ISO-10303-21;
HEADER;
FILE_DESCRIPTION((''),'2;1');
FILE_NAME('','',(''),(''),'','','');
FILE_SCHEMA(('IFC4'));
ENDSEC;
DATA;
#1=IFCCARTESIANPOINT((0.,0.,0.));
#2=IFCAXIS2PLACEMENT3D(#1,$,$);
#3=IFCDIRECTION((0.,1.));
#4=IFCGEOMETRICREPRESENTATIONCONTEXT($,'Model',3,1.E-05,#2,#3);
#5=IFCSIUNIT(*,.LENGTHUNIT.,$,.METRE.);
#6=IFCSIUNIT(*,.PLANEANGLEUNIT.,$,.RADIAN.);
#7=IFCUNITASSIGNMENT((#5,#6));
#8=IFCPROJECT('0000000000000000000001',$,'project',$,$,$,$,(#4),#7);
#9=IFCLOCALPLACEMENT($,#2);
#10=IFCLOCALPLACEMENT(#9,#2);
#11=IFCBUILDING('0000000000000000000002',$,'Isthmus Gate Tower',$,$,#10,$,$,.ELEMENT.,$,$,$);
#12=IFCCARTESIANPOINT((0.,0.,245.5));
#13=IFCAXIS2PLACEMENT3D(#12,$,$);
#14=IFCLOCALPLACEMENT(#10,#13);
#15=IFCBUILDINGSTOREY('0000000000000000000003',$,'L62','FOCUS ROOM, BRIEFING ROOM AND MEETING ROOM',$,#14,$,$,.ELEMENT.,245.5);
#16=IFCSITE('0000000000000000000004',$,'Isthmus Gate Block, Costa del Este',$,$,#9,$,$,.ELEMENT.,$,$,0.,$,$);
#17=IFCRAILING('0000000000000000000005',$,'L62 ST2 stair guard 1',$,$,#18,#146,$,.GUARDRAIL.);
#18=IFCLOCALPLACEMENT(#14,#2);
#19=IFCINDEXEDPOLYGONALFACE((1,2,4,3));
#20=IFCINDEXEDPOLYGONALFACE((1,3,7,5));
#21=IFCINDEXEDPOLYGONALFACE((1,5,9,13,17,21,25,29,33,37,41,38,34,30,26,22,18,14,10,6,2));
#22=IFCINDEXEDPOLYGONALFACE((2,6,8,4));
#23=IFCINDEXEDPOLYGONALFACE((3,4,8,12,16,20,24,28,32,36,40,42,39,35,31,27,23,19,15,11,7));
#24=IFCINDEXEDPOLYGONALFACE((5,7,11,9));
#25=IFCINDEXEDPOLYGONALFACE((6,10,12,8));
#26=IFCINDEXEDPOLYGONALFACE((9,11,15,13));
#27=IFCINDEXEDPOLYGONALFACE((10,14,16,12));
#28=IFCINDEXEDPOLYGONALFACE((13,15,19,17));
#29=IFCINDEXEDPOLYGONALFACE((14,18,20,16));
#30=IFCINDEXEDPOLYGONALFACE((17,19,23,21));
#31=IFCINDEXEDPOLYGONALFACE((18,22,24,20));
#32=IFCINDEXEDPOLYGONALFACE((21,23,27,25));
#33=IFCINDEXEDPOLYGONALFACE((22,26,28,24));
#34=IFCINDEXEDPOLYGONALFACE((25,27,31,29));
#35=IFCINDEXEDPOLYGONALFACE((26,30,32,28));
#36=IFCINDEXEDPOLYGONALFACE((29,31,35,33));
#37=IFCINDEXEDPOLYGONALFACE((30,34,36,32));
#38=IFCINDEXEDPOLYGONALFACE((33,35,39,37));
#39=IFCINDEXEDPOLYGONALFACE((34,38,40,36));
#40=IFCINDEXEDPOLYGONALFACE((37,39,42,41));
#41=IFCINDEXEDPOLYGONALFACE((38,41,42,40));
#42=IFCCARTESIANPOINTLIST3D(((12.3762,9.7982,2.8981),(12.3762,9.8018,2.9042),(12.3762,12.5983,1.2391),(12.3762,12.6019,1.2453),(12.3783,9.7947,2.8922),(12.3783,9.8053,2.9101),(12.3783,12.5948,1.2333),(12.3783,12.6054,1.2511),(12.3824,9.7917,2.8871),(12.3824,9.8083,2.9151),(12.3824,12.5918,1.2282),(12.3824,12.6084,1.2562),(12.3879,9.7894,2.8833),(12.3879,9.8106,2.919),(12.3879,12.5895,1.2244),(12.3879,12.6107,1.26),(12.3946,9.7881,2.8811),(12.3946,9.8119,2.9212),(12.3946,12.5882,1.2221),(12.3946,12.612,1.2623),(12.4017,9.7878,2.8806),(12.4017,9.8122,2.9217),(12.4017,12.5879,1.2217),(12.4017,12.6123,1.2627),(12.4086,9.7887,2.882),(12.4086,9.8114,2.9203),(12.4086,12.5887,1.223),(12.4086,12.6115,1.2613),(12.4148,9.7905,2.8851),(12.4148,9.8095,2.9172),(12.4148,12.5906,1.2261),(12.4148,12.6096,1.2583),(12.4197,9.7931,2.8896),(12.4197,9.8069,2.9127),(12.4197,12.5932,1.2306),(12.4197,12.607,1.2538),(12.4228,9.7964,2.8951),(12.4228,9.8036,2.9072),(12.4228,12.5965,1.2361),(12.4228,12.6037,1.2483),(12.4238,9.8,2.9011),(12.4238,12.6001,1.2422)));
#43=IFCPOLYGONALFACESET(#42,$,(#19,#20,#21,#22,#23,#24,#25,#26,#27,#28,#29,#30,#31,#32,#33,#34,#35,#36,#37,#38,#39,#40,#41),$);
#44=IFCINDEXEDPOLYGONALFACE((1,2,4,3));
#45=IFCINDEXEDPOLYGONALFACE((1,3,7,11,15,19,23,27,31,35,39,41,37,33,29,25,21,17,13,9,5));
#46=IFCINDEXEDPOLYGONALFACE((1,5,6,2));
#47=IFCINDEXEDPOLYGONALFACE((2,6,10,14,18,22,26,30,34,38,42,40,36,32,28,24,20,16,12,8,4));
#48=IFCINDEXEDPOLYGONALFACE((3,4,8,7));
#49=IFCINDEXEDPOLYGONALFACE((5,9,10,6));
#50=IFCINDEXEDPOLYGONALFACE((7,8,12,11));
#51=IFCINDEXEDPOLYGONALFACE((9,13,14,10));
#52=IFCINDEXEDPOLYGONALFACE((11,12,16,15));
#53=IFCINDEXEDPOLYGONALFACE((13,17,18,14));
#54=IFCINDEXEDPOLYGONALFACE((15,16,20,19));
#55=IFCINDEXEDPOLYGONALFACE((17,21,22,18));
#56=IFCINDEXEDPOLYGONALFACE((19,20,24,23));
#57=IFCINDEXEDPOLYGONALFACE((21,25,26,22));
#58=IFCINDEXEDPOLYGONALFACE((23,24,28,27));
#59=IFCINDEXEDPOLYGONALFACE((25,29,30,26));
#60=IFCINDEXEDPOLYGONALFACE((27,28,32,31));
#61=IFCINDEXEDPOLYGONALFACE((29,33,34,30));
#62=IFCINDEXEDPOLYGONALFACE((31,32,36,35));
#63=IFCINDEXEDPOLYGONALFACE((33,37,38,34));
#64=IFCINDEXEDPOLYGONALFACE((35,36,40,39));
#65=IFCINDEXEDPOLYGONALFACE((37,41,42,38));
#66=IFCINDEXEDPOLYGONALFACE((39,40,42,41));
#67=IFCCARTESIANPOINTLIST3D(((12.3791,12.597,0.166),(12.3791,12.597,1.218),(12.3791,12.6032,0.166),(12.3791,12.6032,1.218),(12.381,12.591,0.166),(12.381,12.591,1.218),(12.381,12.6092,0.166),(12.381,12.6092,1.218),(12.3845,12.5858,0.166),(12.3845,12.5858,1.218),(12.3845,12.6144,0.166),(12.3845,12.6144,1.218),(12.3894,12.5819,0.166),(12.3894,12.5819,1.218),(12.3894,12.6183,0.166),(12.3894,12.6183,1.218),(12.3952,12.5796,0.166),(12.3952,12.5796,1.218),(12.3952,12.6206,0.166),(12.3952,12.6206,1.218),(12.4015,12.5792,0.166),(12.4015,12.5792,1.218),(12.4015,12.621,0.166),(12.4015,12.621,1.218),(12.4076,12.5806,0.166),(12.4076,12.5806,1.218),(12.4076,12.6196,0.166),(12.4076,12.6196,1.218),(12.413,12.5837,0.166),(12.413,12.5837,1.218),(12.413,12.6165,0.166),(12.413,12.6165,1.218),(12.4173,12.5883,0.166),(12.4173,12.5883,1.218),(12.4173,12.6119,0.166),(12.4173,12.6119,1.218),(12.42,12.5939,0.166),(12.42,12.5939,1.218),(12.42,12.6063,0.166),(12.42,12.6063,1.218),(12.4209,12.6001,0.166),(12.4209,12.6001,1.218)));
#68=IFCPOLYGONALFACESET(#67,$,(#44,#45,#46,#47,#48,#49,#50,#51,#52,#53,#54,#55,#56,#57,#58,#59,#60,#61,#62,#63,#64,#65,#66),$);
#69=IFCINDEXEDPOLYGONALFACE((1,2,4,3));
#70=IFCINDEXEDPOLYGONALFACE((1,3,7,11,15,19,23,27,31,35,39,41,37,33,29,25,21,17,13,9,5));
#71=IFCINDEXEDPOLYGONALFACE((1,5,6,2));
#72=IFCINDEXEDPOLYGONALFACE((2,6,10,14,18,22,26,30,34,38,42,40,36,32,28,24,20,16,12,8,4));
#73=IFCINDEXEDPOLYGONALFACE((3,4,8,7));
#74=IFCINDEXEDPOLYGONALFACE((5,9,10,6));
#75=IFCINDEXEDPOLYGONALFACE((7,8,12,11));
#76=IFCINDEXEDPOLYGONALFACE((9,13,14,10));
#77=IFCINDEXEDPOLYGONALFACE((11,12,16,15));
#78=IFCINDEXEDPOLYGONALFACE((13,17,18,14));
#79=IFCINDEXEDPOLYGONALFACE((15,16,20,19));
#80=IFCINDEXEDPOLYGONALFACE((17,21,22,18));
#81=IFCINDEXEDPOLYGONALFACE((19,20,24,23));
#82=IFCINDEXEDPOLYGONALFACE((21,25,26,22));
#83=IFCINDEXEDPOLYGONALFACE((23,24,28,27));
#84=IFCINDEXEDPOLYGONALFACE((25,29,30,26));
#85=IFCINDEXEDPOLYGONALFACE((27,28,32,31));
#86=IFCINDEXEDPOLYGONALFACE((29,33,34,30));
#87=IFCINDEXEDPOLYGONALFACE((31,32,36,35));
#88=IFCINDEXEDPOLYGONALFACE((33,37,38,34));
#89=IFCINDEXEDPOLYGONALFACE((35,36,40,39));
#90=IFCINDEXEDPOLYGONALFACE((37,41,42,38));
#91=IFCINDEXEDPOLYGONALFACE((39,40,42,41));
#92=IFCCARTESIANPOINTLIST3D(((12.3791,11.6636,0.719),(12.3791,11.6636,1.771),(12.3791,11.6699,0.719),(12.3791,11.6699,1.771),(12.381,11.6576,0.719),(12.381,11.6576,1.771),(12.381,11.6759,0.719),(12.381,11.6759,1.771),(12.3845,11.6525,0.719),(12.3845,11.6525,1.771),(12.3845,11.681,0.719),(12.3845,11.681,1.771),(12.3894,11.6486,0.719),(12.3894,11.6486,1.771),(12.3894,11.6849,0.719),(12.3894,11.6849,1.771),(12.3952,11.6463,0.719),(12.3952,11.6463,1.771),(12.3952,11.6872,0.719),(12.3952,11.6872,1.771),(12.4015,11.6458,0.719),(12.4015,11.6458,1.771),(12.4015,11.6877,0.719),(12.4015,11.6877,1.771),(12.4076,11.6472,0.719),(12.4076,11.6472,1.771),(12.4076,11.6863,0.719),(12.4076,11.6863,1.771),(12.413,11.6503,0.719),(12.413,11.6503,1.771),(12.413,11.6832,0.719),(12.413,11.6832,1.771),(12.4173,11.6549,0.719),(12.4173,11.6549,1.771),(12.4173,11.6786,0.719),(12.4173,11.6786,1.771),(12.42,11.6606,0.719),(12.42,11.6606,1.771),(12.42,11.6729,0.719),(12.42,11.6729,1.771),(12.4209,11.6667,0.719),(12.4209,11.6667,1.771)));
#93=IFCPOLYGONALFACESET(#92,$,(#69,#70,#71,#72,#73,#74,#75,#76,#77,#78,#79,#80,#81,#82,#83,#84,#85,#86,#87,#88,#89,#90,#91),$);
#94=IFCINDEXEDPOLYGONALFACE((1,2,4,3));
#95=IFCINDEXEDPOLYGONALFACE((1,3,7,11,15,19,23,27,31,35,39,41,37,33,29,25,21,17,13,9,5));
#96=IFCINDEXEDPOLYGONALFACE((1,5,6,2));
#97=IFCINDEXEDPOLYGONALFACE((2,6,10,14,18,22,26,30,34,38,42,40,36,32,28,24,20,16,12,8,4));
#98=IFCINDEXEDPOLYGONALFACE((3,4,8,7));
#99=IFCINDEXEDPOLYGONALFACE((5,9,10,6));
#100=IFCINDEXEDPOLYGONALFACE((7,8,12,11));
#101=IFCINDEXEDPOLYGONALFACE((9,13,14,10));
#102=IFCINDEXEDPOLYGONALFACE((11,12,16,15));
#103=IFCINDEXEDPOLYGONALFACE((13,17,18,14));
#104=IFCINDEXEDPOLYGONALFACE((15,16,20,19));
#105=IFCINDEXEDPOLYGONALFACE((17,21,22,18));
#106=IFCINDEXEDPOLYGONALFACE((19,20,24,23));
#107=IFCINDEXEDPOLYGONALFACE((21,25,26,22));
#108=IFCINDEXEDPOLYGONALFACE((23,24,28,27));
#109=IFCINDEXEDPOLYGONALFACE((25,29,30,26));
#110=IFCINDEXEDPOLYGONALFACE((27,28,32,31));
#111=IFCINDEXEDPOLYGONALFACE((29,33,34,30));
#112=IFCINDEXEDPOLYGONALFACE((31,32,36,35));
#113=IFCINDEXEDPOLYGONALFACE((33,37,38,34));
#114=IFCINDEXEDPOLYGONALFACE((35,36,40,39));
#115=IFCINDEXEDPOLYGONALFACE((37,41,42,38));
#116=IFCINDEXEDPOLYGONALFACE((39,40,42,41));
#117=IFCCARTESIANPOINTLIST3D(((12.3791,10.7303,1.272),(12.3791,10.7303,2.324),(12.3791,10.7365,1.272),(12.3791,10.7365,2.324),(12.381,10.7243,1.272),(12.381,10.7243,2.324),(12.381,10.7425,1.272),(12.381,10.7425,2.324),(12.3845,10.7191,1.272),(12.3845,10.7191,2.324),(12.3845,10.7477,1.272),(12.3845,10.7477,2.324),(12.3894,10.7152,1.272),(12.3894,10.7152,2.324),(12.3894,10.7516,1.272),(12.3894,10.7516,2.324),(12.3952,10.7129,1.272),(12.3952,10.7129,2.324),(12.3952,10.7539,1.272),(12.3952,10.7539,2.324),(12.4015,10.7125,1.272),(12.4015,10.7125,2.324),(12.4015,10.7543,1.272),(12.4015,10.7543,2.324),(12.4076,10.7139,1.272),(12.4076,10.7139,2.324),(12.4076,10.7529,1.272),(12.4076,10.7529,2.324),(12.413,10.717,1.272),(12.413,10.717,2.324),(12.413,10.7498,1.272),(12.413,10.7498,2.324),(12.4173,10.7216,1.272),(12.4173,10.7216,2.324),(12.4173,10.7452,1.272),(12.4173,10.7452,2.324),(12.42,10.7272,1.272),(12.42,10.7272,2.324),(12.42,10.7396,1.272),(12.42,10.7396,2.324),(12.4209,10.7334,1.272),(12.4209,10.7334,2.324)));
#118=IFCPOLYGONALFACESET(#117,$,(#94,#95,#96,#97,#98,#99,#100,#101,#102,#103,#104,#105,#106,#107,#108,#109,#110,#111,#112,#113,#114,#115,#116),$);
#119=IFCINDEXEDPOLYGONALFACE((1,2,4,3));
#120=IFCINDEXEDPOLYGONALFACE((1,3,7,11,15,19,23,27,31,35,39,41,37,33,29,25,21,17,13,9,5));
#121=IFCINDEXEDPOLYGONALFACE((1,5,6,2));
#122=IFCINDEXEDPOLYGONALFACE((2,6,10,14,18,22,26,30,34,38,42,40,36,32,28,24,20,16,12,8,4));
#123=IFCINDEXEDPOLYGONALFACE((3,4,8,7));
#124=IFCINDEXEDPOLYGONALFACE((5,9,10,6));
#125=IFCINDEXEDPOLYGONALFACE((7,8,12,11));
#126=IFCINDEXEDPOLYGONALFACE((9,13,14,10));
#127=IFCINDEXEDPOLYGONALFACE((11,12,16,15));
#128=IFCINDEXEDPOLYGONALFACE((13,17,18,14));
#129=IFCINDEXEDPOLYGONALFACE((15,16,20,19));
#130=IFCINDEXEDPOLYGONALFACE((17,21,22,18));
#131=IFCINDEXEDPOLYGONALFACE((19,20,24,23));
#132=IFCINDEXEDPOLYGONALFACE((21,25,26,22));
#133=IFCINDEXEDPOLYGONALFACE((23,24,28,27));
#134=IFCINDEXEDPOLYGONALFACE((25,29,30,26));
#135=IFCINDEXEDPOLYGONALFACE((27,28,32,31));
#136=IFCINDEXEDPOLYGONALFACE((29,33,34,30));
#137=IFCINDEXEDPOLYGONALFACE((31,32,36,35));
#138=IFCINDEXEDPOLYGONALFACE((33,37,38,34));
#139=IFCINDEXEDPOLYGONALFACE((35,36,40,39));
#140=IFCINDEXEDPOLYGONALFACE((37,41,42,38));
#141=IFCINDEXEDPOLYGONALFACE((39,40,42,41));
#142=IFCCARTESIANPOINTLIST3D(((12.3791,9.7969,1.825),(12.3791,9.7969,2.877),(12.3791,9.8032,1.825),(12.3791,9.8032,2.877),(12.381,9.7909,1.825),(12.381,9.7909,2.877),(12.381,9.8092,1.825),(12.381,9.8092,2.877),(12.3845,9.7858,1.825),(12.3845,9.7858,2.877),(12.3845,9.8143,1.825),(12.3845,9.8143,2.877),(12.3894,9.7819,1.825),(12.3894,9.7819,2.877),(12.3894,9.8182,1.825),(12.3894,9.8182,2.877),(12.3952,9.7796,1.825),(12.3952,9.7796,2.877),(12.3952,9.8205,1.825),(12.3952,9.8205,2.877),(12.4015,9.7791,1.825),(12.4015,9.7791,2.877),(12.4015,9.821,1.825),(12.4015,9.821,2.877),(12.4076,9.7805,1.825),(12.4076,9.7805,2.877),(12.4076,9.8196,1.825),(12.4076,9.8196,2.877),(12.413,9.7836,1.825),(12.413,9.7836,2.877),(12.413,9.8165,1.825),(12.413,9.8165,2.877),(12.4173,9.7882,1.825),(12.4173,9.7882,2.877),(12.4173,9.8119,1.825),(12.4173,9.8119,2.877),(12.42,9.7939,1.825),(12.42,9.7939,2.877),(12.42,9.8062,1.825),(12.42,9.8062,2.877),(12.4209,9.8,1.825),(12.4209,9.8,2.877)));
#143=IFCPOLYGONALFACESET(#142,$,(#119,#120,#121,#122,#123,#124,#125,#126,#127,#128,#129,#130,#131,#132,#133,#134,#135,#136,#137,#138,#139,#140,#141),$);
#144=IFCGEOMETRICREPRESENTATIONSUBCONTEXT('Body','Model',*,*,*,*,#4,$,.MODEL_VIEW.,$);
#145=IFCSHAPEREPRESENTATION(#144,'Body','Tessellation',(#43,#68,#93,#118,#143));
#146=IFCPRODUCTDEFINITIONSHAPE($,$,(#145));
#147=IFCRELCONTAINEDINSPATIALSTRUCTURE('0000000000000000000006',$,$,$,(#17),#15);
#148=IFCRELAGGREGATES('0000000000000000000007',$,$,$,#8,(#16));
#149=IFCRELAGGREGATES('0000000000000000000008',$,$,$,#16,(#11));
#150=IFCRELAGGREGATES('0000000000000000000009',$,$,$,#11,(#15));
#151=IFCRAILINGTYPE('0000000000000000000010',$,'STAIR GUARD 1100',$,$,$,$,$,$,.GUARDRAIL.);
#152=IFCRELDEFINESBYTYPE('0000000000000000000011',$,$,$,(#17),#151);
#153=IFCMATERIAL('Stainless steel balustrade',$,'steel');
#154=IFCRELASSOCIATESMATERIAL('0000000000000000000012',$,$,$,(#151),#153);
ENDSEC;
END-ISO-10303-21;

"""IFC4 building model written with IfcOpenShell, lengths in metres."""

from ifc_helpers import new_model, si_unit, direction, frame, origin, origin_2d, place, context, subcontext, project, spatial, circle, extrude, material, type_object, element, save


model = new_model("IFC4")

# Units and contexts
model_context = context("Model", 3, precision=1e-05, world=origin(), true_north=direction((0.0, 1.0)))
body_context = subcontext(model_context, "Body", "Model", "MODEL_VIEW")
ifc_project = project(units=[si_unit("LENGTHUNIT", "METRE"), si_unit("PLANEANGLEUNIT", "RADIAN")], contexts=[model_context])

# Site, building, storey
site_placement = place(None, origin())
site = spatial("IfcSite", under=ifc_project, at=site_placement, Name="Isthmus Gate Block, Costa del Este", CompositionType="ELEMENT", RefElevation=0.0)
building_placement = place(site_placement, origin())
building = spatial("IfcBuilding", under=site, at=building_placement, Name="Isthmus Gate Tower", CompositionType="ELEMENT")
storey_placement = place(building_placement, frame((0.0, 0.0, 245.5)))
storey = spatial("IfcBuildingStorey", under=building, at=storey_placement, Name="L62", Description="FOCUS ROOM, BRIEFING ROOM AND MEETING ROOM", CompositionType="ELEMENT", Elevation=245.5)

# Railing
ifc_material_1 = material(Name="Stainless steel balustrade", Category="steel")
railing_type = type_object("IfcRailingType", Name="STAIR GUARD 1100", PredefinedType="GUARDRAIL", material=ifc_material_1)
railing_placement = place(storey_placement, frame((12.3999, 12.6001, 0.166)))
element("IfcRailing", 1, at=railing_placement, inside=storey, type_object=railing_type, Name="L62 ST2 stair guard 1", PredefinedType="GUARDRAIL", context=body_context, shape_type="SweptSolid", body=[
    extrude(circle(Radius=0.0239, at=origin_2d()), frame((0.0, 0.0, 1.0762), z_axis=(0.0, -0.860339, 0.509722), x_axis=(1.0, 0.0, 0.0)), (0.0, 0.0, 1.0), 3.2546),
    extrude(circle(Radius=0.021, at=origin_2d()), origin(), (0.0, 0.0, 1.0), 1.052),
    extrude(circle(Radius=0.021, at=origin_2d()), frame((0.0, -0.9333, 0.553)), (0.0, 0.0, 1.0), 1.052),
    extrude(circle(Radius=0.021, at=origin_2d()), frame((0.0, -1.8667, 1.106)), (0.0, 0.0, 1.0), 1.052),
    extrude(circle(Radius=0.021, at=origin_2d()), frame((0.0, -2.8, 1.6589)), (0.0, 0.0, 1.0), 1.052),
])

save(model, "model.ifc")
